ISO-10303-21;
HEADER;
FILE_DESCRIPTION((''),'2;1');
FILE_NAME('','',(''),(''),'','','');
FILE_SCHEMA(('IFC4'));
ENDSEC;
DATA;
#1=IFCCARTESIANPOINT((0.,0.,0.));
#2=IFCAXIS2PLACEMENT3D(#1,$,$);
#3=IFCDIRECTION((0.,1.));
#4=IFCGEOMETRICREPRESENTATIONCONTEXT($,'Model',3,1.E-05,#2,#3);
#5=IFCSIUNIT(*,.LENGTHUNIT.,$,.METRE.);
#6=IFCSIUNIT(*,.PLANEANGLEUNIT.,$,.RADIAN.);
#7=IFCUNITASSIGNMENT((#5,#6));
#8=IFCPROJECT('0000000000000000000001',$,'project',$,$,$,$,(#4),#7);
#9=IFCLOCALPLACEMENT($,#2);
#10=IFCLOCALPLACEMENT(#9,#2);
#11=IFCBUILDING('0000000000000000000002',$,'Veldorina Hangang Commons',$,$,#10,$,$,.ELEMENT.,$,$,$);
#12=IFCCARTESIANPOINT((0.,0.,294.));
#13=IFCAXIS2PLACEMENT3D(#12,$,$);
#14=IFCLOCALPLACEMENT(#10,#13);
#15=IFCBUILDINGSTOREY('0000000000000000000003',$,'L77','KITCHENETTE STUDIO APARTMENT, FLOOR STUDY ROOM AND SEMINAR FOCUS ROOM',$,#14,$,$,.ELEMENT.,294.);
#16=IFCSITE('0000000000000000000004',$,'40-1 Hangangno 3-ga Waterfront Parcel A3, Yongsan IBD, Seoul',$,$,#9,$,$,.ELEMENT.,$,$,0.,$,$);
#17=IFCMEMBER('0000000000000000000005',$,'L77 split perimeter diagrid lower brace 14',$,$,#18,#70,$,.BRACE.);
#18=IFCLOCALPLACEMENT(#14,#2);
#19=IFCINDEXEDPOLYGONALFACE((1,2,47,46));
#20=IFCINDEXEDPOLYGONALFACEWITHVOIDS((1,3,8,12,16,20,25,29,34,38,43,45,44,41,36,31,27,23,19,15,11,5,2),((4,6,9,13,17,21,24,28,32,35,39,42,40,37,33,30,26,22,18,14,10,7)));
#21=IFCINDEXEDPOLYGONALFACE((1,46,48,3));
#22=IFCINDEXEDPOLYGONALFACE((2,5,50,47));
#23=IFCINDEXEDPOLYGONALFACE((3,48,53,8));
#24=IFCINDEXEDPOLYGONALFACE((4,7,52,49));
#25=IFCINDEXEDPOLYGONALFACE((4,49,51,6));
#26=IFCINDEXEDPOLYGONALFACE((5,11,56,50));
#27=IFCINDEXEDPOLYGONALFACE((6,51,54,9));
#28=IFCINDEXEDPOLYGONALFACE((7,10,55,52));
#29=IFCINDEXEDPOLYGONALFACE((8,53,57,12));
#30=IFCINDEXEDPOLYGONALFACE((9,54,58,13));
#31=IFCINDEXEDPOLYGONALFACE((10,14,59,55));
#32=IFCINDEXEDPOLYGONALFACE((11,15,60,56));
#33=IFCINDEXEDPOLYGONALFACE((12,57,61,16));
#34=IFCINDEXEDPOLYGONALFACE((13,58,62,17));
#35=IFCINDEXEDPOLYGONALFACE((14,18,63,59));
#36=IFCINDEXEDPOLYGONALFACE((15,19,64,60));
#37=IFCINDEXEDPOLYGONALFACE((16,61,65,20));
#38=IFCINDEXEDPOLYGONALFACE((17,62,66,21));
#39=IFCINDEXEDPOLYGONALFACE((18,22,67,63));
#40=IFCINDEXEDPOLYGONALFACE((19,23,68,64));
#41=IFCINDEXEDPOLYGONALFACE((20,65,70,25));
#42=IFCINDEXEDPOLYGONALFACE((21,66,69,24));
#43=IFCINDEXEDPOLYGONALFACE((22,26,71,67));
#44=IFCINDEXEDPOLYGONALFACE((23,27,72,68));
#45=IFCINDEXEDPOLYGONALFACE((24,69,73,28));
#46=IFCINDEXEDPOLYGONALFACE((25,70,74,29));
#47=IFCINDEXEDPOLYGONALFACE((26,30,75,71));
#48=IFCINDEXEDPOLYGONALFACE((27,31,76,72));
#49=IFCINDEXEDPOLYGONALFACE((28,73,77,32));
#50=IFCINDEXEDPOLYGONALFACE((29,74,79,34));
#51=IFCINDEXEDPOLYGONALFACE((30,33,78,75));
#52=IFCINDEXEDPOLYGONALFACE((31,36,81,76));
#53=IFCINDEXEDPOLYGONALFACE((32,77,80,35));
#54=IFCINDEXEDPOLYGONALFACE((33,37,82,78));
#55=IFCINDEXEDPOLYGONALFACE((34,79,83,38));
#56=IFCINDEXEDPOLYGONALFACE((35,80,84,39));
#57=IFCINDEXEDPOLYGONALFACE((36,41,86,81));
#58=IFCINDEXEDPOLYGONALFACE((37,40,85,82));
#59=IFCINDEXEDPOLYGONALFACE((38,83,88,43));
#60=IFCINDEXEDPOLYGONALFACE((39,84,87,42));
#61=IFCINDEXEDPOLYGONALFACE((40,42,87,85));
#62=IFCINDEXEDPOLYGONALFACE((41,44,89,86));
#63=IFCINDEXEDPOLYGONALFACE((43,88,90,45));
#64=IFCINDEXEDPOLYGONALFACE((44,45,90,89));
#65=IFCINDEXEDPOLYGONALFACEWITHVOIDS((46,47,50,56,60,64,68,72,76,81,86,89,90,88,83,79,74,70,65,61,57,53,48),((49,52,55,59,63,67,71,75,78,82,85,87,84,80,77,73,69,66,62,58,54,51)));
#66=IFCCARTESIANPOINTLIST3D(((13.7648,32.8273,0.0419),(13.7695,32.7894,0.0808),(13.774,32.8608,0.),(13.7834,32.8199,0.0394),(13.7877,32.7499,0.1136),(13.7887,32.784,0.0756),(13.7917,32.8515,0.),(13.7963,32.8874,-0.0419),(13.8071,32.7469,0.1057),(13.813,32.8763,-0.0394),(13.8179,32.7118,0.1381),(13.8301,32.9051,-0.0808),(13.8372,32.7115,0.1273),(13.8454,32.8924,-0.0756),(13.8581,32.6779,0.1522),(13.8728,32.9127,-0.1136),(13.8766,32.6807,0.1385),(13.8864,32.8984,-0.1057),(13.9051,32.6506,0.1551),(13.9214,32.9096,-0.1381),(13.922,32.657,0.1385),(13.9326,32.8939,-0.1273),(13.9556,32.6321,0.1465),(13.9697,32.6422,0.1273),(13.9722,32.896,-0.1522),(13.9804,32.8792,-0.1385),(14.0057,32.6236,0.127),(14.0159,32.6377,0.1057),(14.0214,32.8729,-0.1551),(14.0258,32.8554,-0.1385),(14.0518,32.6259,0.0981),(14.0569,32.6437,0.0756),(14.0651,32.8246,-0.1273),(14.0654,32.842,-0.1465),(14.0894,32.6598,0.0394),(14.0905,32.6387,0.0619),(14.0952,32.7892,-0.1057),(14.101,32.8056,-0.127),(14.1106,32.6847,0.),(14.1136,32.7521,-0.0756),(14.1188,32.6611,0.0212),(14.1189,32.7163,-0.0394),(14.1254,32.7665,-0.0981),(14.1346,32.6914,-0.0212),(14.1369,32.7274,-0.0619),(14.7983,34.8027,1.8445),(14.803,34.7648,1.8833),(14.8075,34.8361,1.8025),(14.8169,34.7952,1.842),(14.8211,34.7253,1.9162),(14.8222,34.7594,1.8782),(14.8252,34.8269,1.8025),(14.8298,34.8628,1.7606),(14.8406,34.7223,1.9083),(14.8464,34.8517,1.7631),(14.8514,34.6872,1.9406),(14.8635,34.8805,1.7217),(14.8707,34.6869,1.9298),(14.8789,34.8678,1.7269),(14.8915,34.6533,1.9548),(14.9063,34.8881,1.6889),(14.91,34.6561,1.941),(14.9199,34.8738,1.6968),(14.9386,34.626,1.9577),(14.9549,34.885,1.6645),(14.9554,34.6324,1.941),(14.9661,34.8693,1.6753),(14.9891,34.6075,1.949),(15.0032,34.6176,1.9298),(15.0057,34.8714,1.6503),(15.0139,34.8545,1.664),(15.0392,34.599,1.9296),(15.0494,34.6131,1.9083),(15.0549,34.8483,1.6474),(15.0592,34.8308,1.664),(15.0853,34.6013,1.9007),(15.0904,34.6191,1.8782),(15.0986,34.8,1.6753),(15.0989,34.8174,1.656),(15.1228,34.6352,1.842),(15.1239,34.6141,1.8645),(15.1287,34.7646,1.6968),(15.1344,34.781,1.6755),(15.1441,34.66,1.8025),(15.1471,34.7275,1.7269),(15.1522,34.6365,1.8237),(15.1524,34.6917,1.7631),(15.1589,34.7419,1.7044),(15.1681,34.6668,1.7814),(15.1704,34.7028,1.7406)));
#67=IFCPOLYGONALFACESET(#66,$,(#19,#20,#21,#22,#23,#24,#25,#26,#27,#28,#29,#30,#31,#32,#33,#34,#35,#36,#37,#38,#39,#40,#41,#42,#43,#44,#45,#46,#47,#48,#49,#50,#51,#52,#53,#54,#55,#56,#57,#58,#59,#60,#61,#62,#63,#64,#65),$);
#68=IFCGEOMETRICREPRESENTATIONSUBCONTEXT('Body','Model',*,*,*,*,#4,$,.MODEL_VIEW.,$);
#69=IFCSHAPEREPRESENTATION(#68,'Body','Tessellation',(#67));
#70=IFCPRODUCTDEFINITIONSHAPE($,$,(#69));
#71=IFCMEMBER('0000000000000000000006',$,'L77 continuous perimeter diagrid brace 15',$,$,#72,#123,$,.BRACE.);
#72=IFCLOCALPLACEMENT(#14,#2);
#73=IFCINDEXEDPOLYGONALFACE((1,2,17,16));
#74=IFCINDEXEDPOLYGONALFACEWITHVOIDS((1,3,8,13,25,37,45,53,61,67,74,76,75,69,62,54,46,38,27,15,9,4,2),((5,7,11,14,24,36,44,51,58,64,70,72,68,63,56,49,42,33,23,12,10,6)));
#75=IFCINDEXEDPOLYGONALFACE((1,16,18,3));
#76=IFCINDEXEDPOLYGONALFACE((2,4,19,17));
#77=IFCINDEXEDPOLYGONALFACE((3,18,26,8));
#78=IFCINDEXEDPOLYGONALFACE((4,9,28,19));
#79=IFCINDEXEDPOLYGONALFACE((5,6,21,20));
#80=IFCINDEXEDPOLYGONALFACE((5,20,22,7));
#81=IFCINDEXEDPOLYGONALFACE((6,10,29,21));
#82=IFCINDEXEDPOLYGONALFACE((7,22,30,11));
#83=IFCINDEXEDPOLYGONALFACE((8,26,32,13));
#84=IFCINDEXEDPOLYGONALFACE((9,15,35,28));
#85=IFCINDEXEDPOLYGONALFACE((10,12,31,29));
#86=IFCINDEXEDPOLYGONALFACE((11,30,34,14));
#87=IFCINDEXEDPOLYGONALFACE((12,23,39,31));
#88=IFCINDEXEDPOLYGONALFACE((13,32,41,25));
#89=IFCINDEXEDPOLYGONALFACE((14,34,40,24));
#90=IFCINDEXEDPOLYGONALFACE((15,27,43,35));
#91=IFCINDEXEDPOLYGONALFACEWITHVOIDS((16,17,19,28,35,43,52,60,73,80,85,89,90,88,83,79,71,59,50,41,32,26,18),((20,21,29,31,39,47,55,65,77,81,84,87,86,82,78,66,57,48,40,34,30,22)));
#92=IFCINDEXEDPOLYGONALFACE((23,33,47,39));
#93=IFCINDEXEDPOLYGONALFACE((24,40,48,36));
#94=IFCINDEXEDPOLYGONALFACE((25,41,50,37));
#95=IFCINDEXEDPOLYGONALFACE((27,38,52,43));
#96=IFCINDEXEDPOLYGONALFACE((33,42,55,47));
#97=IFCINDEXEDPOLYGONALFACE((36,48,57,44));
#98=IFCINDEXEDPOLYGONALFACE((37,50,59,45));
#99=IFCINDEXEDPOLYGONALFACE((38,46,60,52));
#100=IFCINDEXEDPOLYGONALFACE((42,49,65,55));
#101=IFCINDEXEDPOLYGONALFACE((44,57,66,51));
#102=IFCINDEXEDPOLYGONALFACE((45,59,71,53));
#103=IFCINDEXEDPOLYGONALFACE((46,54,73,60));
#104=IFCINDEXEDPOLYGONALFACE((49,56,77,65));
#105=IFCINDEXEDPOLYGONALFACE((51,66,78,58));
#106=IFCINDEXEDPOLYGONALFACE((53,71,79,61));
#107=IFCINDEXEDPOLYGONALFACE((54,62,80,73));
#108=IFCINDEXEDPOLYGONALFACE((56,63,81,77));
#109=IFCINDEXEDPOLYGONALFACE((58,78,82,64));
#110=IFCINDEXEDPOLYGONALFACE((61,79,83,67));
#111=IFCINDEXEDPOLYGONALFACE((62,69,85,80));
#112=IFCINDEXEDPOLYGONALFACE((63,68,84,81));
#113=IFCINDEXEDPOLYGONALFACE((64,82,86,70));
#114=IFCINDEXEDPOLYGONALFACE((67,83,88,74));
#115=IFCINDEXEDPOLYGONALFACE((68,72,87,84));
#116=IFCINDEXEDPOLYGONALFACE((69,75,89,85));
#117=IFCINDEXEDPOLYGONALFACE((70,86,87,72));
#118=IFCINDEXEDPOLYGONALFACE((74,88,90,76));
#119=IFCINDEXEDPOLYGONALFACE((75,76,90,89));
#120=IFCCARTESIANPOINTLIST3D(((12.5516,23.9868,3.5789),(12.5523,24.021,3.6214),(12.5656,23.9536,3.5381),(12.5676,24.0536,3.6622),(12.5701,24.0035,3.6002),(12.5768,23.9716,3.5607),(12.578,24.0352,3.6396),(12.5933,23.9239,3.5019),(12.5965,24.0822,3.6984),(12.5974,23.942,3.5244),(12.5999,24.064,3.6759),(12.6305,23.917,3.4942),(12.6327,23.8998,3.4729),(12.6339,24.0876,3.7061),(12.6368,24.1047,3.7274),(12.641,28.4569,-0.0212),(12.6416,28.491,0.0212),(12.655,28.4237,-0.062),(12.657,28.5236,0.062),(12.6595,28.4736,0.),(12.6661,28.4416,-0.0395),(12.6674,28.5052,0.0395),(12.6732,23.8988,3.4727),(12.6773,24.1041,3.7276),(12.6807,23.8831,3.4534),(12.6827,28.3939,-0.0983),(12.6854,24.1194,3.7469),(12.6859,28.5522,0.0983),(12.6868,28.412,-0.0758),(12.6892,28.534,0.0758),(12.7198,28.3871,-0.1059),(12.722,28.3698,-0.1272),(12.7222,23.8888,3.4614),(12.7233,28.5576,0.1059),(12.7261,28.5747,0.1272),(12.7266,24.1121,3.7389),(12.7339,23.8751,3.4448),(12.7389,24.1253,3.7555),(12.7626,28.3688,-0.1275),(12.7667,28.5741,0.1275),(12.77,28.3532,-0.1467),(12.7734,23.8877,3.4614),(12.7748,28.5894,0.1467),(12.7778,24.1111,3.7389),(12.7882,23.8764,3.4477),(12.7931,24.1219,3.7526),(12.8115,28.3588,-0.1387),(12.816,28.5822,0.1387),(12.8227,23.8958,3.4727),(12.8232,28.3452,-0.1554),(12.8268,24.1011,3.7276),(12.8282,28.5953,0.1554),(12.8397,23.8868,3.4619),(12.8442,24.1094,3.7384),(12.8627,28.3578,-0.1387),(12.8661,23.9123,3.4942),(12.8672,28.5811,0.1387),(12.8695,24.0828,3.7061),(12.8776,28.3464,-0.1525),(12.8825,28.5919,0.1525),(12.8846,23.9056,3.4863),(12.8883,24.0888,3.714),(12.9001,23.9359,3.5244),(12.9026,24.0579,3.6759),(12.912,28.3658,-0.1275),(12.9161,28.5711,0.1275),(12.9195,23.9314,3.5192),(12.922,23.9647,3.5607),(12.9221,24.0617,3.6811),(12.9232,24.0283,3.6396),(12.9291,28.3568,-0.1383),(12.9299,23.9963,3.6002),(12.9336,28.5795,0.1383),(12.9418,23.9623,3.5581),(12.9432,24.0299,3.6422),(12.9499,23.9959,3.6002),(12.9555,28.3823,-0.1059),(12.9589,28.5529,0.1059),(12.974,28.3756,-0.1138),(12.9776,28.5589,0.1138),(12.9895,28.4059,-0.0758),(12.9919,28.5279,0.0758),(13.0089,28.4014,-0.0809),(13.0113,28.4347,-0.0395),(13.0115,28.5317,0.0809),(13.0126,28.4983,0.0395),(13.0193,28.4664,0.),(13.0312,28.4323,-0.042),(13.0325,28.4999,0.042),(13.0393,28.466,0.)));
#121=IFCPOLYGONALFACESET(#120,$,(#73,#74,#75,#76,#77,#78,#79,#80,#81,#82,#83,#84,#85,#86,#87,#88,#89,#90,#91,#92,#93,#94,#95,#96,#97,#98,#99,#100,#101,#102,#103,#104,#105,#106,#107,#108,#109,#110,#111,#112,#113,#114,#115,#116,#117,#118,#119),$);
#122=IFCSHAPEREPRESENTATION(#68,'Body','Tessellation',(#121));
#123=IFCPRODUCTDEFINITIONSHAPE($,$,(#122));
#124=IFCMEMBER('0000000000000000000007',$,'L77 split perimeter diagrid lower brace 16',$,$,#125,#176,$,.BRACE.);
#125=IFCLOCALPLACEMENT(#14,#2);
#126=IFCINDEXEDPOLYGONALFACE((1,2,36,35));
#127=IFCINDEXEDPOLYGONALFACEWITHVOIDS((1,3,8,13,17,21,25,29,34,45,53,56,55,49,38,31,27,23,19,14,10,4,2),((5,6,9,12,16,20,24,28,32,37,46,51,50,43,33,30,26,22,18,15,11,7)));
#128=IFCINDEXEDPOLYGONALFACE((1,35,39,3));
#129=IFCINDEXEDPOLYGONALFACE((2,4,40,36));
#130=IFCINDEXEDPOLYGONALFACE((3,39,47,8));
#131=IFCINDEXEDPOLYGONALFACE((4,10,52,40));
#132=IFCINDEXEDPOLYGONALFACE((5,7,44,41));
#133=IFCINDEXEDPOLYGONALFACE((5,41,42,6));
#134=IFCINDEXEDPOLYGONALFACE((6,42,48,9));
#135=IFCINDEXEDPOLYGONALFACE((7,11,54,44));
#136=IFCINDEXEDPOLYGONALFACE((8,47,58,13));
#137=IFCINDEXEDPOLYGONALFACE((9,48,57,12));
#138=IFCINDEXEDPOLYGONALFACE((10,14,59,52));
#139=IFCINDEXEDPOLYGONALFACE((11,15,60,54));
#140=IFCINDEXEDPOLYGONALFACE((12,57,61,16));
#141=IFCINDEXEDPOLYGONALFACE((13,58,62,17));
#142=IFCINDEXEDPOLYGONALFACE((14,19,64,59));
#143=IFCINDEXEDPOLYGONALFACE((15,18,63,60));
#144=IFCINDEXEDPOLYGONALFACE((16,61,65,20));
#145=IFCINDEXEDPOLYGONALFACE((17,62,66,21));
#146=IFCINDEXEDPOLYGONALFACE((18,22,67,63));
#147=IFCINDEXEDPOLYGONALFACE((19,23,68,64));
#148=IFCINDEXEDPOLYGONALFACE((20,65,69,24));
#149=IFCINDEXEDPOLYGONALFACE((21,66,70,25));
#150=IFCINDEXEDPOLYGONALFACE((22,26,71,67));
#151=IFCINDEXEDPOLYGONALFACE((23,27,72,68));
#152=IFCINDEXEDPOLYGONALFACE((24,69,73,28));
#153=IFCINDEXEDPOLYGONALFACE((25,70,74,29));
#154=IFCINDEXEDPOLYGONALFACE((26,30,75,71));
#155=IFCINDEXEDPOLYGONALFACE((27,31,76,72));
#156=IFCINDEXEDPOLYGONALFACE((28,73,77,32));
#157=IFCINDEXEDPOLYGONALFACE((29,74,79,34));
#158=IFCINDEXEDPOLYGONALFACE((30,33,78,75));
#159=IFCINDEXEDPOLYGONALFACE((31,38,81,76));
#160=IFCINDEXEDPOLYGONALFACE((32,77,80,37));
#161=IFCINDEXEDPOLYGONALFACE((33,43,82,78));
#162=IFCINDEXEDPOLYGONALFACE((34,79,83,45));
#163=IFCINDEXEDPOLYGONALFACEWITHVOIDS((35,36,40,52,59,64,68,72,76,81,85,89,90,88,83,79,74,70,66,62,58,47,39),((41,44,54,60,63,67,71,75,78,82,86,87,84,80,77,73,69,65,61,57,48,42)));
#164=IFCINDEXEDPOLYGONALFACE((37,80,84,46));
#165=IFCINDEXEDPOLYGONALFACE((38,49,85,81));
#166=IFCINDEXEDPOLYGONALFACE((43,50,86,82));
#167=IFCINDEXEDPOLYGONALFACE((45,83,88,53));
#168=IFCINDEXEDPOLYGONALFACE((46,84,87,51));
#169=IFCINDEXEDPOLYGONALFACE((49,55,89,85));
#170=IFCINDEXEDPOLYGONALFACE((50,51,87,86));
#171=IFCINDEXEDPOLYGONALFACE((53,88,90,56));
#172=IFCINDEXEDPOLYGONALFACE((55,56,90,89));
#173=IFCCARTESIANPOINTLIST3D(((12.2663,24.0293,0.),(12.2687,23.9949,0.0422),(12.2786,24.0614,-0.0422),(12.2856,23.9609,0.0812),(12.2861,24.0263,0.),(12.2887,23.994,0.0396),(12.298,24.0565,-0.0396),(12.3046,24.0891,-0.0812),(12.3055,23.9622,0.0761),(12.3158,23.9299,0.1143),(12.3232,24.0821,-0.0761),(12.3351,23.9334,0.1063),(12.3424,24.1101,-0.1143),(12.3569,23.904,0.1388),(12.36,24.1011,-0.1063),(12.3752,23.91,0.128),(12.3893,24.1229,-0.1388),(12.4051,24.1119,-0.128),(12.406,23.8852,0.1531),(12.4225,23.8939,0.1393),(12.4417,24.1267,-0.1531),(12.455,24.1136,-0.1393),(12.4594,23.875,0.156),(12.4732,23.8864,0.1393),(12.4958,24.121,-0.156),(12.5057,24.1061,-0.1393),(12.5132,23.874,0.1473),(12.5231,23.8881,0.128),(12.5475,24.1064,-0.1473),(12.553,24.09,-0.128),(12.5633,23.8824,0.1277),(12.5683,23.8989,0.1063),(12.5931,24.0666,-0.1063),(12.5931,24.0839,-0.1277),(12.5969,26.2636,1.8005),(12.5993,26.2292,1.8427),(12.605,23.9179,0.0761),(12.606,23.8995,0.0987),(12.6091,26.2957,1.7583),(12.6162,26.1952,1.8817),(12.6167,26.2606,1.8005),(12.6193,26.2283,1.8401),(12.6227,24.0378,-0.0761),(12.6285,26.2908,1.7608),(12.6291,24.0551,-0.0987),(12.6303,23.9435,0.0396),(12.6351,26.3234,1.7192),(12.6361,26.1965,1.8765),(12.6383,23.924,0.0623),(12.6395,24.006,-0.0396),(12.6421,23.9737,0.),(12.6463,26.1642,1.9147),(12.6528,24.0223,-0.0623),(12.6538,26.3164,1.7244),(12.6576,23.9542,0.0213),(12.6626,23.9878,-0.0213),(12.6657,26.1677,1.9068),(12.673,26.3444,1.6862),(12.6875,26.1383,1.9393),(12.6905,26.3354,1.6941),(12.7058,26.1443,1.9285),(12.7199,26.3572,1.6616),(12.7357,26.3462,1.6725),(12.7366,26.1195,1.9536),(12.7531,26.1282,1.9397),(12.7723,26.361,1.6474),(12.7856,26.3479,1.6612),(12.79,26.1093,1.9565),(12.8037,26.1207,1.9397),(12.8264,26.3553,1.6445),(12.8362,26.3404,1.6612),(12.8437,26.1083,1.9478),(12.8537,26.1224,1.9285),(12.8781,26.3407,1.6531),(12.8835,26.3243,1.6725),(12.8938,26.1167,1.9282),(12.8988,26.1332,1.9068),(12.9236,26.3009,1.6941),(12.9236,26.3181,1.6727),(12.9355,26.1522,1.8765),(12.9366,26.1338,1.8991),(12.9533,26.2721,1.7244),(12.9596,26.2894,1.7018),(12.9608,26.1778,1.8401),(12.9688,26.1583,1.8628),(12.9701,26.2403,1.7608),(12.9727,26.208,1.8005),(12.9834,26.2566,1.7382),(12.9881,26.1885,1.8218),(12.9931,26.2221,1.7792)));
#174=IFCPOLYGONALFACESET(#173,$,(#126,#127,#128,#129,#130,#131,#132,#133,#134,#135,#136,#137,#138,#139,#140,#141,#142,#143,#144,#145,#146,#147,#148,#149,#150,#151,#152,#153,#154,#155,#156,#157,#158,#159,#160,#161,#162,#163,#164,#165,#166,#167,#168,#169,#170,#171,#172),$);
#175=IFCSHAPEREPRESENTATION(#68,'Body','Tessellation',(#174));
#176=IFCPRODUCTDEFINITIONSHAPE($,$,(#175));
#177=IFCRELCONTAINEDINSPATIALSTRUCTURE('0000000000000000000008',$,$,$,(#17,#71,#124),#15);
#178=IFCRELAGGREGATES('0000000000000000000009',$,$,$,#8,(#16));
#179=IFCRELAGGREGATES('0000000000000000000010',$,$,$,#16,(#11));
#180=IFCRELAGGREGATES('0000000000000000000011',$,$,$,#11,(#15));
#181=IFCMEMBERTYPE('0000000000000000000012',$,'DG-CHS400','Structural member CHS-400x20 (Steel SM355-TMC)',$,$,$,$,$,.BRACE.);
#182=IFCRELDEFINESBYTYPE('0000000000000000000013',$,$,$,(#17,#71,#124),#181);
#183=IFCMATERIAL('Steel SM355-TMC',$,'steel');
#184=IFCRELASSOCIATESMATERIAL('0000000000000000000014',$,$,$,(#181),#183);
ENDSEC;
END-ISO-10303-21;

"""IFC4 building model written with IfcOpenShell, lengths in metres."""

from ifc_helpers import new_model, si_unit, direction, frame, origin, origin_2d, place, context, subcontext, project, spatial, hollow_circle, extrude, material, material_profile, profile_set, type_object, element, save


model = new_model("IFC4")

# Units and contexts
model_context = context("Model", 3, precision=1e-05, world=origin(), true_north=direction((0.0, 1.0)))
body_context = subcontext(model_context, "Body", "Model", "MODEL_VIEW")
ifc_project = project(units=[si_unit("LENGTHUNIT", "METRE"), si_unit("PLANEANGLEUNIT", "RADIAN")], contexts=[model_context])

# Site, building, storey
site_placement = place(None, origin())
site = spatial("IfcSite", under=ifc_project, at=site_placement, Name="40-1 Hangangno 3-ga Waterfront Parcel A3, Yongsan IBD, Seoul", CompositionType="ELEMENT", RefElevation=0.0)
building_placement = place(site_placement, origin())
building = spatial("IfcBuilding", under=site, at=building_placement, Name="Veldorina Hangang Commons", CompositionType="ELEMENT")
storey_placement = place(building_placement, frame((0.0, 0.0, 294.0)))
storey = spatial("IfcBuildingStorey", under=building, at=storey_placement, Name="L77", Description="KITCHENETTE STUDIO APARTMENT, FLOOR STUDY ROOM AND SEMINAR FOCUS ROOM", CompositionType="ELEMENT", Elevation=294.0)

# Shared definitions
ifc_material_1 = material(Name="Steel SM355-TMC", Category="steel")

# Members
ifc_material_profile_1 = material_profile(ifc_material_1, hollow_circle(Radius=0.2, WallThickness=0.02, at=origin_2d()), Name="CHS-400x20")
ifc_profile_set_1 = profile_set([ifc_material_profile_1], Name="Steel SM355-TMC")
member_type_1 = type_object("IfcMemberType", Name="DG-CHS400", Description="Structural member CHS-400x20 (Steel SM355-TMC)", PredefinedType="BRACE", material=ifc_profile_set_1)
member_1_placement = place(storey_placement, frame((13.9512, 32.7681, 0.0), z_axis=(0.360479, 0.689023, 0.62873), x_axis=(-0.886063, 0.463565, 0.0)))
element("IfcMember", 1, at=member_1_placement, inside=storey, type_object=member_type_1, Name="L77 split perimeter diagrid lower brace 14", PredefinedType="BRACE", context=body_context, shape_type="SweptSolid", body=[
    extrude(hollow_circle(Radius=0.2, WallThickness=0.02, at=origin_2d()), origin(), (0.0, 0.0, 1.0), 2.8669),
])
member_2_placement = place(storey_placement, frame((12.8394, 28.47, 0.0), z_axis=(-0.015567, -0.77872, 0.627178), x_axis=(0.9998, -0.019986, 0.0)))
element("IfcMember", 2, at=member_2_placement, inside=storey, type_object=member_type_1, Name="L77 continuous perimeter diagrid brace 15", PredefinedType="BRACE", context=body_context, shape_type="SweptSolid", body=[
    extrude(hollow_circle(Radius=0.2, WallThickness=0.02, at=origin_2d()), origin(), (0.0, 0.0, 1.0), 5.7402),
])
member_3_placement = place(storey_placement, frame((12.4641, 24.0, 0.0), z_axis=(0.114441, 0.773532, 0.623339), x_axis=(-0.989232, 0.146353, 0.0)))
element("IfcMember", 3, at=member_3_placement, inside=storey, type_object=member_type_1, Name="L77 split perimeter diagrid lower brace 16", PredefinedType="BRACE", context=body_context, shape_type="SweptSolid", body=[
    extrude(hollow_circle(Radius=0.2, WallThickness=0.02, at=origin_2d()), origin(), (0.0, 0.0, 1.0), 2.8884),
])

save(model, "model.ifc")
